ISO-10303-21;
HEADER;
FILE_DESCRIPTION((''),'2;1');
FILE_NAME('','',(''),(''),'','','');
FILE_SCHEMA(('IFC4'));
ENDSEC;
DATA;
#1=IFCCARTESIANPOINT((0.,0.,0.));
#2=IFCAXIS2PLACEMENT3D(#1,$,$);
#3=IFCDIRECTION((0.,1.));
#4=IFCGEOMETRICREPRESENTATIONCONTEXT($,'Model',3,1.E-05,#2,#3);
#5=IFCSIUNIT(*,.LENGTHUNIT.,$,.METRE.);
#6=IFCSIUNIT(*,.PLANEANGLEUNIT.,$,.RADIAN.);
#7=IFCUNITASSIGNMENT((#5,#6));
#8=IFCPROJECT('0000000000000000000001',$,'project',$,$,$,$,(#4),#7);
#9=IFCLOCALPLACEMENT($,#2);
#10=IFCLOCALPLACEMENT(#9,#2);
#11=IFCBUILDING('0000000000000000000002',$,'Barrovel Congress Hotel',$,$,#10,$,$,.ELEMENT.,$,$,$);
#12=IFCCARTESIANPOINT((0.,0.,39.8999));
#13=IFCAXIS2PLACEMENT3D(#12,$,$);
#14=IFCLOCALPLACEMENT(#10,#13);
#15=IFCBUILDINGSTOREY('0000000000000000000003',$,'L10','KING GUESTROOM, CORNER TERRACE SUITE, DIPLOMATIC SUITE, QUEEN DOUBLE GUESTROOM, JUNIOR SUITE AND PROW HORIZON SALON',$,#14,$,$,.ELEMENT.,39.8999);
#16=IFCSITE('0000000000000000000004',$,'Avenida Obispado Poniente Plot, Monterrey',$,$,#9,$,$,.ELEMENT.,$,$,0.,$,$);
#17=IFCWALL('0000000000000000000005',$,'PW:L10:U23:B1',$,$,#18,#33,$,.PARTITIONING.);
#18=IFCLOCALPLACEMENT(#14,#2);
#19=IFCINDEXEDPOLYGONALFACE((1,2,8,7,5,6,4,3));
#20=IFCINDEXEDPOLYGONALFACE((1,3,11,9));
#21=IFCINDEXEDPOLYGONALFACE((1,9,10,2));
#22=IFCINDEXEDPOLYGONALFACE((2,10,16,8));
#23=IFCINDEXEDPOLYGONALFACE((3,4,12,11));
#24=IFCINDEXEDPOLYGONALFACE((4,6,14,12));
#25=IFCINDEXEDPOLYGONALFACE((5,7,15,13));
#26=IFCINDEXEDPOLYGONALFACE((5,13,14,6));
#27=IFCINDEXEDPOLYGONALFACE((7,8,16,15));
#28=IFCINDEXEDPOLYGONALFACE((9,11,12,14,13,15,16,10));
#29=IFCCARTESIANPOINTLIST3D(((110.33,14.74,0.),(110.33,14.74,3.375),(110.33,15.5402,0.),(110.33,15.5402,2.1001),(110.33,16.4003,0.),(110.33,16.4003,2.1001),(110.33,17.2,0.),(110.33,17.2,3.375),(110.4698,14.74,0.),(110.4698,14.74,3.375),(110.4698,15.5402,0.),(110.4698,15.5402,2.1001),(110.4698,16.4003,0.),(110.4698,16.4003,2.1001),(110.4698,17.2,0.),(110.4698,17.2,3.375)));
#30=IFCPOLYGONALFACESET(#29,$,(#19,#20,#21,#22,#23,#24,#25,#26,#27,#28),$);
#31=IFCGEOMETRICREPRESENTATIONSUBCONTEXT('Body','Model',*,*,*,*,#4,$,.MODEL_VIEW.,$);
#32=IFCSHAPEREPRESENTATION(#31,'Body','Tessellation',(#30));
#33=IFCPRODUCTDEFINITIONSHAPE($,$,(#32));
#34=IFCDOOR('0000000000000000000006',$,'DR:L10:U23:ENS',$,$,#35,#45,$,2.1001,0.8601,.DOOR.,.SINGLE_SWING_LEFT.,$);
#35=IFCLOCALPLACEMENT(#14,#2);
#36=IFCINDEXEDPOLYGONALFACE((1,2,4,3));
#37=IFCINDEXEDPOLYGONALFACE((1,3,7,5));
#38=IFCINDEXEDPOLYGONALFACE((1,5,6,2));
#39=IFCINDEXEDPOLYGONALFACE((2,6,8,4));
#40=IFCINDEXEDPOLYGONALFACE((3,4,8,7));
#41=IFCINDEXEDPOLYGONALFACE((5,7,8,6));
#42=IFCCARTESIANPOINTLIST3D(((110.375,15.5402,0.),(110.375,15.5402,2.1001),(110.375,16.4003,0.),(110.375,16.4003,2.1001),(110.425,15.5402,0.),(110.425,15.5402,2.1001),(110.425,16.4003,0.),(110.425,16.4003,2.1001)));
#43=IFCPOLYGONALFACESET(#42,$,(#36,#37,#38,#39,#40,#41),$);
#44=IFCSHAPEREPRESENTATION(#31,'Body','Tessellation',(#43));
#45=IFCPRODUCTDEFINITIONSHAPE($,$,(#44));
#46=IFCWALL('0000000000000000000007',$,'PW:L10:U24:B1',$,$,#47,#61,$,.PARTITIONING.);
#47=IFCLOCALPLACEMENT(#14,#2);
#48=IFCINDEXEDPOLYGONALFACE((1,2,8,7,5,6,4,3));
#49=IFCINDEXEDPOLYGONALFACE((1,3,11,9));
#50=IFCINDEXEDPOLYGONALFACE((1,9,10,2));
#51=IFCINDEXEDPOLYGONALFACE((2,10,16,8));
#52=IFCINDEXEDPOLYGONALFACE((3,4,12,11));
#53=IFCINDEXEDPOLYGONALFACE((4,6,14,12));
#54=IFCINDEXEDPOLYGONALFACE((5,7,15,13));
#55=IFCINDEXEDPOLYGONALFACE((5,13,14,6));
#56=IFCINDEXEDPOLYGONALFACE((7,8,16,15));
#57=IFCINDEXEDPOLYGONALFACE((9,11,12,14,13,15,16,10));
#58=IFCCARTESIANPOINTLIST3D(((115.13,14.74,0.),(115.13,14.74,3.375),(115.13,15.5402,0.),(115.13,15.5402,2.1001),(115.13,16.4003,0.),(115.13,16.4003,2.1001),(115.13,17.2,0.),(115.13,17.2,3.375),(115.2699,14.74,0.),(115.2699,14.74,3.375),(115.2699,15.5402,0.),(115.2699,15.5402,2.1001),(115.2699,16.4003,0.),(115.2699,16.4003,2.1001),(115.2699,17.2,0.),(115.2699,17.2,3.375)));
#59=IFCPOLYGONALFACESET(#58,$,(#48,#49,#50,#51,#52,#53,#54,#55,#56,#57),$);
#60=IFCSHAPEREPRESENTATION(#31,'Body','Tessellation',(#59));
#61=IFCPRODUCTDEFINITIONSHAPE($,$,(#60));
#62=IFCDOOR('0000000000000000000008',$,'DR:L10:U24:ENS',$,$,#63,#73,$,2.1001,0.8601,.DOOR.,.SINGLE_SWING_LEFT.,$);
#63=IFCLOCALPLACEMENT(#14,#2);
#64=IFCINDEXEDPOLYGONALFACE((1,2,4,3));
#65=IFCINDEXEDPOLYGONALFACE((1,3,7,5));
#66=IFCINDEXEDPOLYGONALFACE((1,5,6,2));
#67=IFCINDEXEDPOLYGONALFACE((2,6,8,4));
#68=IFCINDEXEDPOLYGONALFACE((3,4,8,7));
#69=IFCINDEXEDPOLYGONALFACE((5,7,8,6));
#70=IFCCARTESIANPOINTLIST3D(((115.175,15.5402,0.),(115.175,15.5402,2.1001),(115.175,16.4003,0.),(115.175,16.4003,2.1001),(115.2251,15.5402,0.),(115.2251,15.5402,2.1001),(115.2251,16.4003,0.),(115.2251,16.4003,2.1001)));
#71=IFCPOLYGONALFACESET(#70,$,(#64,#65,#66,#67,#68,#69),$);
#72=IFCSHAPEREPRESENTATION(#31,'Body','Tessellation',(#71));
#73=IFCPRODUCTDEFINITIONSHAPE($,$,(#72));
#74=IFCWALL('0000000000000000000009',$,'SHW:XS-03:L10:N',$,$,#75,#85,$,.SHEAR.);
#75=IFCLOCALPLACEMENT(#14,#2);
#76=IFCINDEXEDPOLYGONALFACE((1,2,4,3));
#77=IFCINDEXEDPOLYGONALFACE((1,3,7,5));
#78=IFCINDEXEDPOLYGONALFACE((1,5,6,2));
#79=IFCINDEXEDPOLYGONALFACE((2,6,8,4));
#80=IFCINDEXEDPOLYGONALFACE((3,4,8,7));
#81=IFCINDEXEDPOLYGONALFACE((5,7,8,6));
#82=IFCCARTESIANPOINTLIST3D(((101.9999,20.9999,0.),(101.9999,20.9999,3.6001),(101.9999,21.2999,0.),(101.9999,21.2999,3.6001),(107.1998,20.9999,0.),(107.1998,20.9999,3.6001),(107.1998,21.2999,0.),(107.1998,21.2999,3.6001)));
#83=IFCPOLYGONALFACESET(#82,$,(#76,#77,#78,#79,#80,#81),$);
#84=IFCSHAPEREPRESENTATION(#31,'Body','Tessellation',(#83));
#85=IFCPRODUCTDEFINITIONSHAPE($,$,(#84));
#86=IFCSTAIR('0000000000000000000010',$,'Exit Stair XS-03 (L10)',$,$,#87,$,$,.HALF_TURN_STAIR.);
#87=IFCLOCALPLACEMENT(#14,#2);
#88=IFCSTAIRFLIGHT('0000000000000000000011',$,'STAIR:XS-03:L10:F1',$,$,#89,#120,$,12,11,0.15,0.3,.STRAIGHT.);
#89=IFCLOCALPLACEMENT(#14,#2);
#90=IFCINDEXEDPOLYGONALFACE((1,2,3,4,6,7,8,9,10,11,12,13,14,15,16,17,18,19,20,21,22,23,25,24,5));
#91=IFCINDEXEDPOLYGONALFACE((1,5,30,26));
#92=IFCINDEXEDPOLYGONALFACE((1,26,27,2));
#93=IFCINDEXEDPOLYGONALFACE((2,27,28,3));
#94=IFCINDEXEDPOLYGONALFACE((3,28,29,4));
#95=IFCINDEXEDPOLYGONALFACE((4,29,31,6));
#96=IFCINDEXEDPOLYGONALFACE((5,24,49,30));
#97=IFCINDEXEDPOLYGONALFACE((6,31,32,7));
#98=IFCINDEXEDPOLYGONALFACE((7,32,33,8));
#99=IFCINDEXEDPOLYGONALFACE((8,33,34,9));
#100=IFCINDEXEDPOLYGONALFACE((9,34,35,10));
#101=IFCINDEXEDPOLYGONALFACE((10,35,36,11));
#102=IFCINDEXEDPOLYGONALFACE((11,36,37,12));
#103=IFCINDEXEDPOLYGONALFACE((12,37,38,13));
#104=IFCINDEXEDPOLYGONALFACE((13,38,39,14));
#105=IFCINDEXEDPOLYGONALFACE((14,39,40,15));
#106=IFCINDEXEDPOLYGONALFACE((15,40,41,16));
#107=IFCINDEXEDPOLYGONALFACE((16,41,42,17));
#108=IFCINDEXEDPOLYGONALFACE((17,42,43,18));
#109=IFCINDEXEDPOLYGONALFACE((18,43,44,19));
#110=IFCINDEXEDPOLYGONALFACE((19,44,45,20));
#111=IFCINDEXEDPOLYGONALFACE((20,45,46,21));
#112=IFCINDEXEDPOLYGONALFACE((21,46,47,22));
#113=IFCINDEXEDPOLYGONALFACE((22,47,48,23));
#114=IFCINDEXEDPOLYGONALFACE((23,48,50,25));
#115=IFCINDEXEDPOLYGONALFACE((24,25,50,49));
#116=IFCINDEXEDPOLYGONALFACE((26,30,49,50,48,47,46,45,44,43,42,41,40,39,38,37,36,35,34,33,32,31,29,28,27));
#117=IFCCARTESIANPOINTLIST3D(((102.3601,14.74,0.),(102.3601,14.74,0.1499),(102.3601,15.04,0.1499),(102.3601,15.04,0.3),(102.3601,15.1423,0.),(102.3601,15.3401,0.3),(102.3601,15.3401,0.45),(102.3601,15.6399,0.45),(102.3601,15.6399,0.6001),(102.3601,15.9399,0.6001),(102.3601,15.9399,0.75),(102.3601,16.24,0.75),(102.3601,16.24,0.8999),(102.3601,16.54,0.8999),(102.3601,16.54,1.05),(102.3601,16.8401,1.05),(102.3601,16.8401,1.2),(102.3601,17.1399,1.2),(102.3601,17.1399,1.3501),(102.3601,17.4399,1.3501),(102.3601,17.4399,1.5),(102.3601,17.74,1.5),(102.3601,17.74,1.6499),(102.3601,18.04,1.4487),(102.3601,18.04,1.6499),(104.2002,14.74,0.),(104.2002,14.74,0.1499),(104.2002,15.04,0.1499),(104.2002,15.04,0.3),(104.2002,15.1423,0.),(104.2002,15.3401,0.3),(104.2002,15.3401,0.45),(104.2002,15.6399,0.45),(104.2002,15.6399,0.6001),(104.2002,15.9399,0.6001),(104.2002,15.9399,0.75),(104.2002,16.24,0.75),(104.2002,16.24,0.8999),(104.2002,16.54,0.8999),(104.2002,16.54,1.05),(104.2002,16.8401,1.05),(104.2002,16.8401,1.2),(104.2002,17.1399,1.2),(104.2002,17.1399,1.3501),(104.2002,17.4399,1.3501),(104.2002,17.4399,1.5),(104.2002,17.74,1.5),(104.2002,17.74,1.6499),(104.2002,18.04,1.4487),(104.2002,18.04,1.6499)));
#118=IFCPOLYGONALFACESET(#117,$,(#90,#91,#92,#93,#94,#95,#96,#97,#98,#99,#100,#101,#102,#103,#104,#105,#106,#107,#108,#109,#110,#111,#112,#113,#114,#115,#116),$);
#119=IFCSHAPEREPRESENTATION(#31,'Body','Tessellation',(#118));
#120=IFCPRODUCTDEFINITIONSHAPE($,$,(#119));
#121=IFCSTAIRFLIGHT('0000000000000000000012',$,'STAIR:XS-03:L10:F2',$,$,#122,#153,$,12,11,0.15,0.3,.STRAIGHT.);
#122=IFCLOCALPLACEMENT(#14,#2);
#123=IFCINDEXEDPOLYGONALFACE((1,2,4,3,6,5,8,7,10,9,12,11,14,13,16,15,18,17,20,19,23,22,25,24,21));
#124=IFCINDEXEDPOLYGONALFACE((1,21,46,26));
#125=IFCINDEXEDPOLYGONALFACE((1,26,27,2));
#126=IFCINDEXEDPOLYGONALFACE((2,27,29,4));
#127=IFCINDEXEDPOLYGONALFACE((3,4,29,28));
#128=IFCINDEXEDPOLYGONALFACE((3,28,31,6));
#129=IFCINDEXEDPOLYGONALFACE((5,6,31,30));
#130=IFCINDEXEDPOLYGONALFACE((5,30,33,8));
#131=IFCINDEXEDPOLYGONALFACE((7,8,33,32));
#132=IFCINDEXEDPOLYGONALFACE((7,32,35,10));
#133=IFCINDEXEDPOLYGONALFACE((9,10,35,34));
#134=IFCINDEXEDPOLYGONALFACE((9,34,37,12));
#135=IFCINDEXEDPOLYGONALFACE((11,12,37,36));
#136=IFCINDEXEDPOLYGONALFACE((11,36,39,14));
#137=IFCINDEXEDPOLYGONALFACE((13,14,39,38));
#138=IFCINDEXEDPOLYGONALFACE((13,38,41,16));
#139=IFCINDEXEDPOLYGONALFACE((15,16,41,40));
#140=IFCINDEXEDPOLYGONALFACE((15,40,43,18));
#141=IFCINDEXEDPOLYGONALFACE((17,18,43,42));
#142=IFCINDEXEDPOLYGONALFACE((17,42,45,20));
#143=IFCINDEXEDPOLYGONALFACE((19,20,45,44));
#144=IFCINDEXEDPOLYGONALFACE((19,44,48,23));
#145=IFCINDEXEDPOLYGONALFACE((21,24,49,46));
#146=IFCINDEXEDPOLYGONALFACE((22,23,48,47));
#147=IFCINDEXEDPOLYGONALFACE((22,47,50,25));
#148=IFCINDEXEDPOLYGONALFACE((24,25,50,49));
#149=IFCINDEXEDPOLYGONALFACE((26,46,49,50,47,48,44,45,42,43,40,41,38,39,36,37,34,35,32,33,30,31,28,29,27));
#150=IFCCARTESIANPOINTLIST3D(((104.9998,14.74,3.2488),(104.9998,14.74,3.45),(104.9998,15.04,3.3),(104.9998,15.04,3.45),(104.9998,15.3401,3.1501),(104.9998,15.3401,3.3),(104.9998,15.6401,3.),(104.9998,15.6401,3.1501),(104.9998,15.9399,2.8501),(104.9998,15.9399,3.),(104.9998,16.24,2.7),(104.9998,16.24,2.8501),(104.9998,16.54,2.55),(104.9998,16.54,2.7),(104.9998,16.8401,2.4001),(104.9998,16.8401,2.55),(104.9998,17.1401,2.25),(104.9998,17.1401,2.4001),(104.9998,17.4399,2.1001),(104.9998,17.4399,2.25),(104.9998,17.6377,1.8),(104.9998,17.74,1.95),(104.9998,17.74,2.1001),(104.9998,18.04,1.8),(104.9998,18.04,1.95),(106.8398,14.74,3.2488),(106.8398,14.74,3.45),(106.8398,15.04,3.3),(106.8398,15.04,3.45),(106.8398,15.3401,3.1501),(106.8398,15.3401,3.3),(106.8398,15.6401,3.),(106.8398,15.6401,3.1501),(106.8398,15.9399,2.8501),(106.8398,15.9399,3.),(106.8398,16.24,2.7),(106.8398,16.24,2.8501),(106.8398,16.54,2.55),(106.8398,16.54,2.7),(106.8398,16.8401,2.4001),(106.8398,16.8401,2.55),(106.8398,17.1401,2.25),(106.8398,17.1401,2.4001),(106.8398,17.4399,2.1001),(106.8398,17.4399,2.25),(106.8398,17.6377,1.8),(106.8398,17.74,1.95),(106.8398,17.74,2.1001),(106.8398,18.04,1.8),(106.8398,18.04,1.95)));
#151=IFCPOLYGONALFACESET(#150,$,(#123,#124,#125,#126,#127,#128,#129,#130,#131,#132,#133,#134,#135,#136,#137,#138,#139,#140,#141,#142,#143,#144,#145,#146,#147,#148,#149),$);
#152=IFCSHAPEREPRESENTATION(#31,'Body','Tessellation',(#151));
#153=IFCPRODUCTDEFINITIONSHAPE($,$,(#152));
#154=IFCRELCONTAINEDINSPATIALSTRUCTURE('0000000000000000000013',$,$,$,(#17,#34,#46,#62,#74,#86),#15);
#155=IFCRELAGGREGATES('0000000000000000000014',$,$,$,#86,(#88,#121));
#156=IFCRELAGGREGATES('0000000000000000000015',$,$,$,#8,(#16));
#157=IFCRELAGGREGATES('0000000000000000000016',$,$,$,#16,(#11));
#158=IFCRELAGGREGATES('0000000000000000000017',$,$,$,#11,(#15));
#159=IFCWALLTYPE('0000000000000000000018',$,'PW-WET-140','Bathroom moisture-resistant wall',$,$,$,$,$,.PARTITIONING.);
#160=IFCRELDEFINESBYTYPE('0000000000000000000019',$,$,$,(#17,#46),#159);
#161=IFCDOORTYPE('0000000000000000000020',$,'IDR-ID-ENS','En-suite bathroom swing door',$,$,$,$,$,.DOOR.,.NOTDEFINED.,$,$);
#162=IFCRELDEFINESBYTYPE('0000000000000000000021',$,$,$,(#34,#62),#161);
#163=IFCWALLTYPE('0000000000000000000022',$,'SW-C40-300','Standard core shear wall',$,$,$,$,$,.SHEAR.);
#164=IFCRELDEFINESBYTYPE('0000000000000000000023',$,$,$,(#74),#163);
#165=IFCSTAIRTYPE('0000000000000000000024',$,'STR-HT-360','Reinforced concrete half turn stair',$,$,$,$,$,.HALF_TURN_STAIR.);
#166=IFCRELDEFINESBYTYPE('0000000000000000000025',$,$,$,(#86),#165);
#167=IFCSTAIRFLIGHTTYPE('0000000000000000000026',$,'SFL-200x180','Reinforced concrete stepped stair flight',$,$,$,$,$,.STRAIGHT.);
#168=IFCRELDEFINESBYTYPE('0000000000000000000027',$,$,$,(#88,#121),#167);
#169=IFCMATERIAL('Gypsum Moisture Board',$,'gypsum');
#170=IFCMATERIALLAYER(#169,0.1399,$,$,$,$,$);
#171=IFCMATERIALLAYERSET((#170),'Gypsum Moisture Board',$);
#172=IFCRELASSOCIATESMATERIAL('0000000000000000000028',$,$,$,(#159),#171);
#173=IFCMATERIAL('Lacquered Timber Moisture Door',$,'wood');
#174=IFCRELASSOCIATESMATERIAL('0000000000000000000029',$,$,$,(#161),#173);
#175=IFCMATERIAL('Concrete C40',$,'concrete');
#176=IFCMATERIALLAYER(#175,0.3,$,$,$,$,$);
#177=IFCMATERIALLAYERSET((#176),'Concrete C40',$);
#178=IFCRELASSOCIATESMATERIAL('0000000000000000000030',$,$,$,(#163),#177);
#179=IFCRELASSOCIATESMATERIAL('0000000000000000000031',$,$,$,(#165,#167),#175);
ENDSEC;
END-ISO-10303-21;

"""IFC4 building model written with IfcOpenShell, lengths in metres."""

from ifc_helpers import new_model, si_unit, direction, frame, frame_2d, origin, place, context, subcontext, project, spatial, polyline, rectangle, outline, extrude, material, layer, layer_set, type_object, element, fill, aggregate, save


model = new_model("IFC4")

# Units and contexts
model_context = context("Model", 3, precision=1e-05, world=origin(), true_north=direction((0.0, 1.0)))
body_context = subcontext(model_context, "Body", "Model", "MODEL_VIEW")
ifc_project = project(units=[si_unit("LENGTHUNIT", "METRE"), si_unit("PLANEANGLEUNIT", "RADIAN")], contexts=[model_context])

# Site, building, storey
site_placement = place(None, origin())
site = spatial("IfcSite", under=ifc_project, at=site_placement, Name="Avenida Obispado Poniente Plot, Monterrey", CompositionType="ELEMENT", RefElevation=0.0)
building_placement = place(site_placement, origin())
building = spatial("IfcBuilding", under=site, at=building_placement, Name="Barrovel Congress Hotel", CompositionType="ELEMENT")
storey_placement = place(building_placement, frame((0.0, 0.0, 39.8999)))
storey = spatial("IfcBuildingStorey", under=building, at=storey_placement, Name="L10", Description="KING GUESTROOM, CORNER TERRACE SUITE, DIPLOMATIC SUITE, QUEEN DOUBLE GUESTROOM, JUNIOR SUITE AND PROW HORIZON SALON", CompositionType="ELEMENT", Elevation=39.8999)

# Shared definitions
ifc_material_1 = material(Name="Concrete C40", Category="concrete")

# Walls, openings, doors
ifc_material_2 = material(Name="Gypsum Moisture Board", Category="gypsum")
ifc_layer_1 = layer(ifc_material_2, 0.1399)
ifc_layer_set_1 = layer_set([ifc_layer_1], Name="Gypsum Moisture Board")
wall_type_1 = type_object("IfcWallType", Name="PW-WET-140", Description="Bathroom moisture-resistant wall", PredefinedType="PARTITIONING", material=ifc_layer_set_1)
wall_1_placement = place(storey_placement, frame((110.3999, 14.74, 0.0), z_axis=(0.0, 0.0, 1.0), x_axis=(0.0, 1.0, 0.0)))
wall_1 = element("IfcWall", 1, at=wall_1_placement, inside=storey, type_object=wall_type_1, Name="PW:L10:U23:B1", PredefinedType="PARTITIONING", context=body_context, shape_type="SweptSolid", body=[
    extrude(rectangle(XDim=2.46, YDim=0.1399, at=frame_2d((1.23, 0.0))), origin(), (0.0, 0.0, 1.0), 3.375),
])
opening_1_placement = place(wall_1_placement, frame((0.8, 0.0, 0.0)))
opening_1 = element("IfcOpeningElement", 2, at=opening_1_placement, cuts=wall_1, PredefinedType="OPENING", context=body_context, shape_type="SweptSolid", body=[
    extrude(rectangle(XDim=0.8601, YDim=2.1001, at=frame_2d((0.4302, 1.05))), frame((0.0, 0.0801, 0.0), z_axis=(0.0, -1.0, 0.0), x_axis=(1.0, 0.0, 0.0)), (0.0, 0.0, 1.0), 0.1599),
])
ifc_material_3 = material(Name="Lacquered Timber Moisture Door", Category="wood")
door_type_1 = type_object("IfcDoorType", Name="IDR-ID-ENS", Description="En-suite bathroom swing door", OperationType="NOTDEFINED", PredefinedType="DOOR", material=ifc_material_3)
door_1_placement = place(opening_1_placement, origin())
door_1 = element("IfcDoor", 3, at=door_1_placement, inside=storey, type_object=door_type_1, Name="DR:L10:U23:ENS", OperationType="SINGLE_SWING_LEFT", OverallHeight=2.1001, OverallWidth=0.8601, PredefinedType="DOOR", context=body_context, shape_type="SweptSolid", body=[
    extrude(rectangle(XDim=0.8601, YDim=2.1001, at=frame_2d((0.4302, 1.05))), frame((0.0, 0.0249, 0.0), z_axis=(0.0, -1.0, 0.0), x_axis=(1.0, 0.0, 0.0)), (0.0, 0.0, 1.0), 0.05),
])
fill(opening_1, door_1)
wall_2_placement = place(storey_placement, frame((115.2, 14.74, 0.0), z_axis=(0.0, 0.0, 1.0), x_axis=(0.0, 1.0, 0.0)))
wall_2 = element("IfcWall", 4, at=wall_2_placement, inside=storey, type_object=wall_type_1, Name="PW:L10:U24:B1", PredefinedType="PARTITIONING", context=body_context, shape_type="SweptSolid", body=[
    extrude(rectangle(XDim=2.46, YDim=0.1399, at=frame_2d((1.23, 0.0))), origin(), (0.0, 0.0, 1.0), 3.375),
])
opening_2_placement = place(wall_2_placement, frame((0.8, 0.0, 0.0)))
opening_2 = element("IfcOpeningElement", 5, at=opening_2_placement, cuts=wall_2, PredefinedType="OPENING", context=body_context, shape_type="SweptSolid", body=[
    extrude(rectangle(XDim=0.8601, YDim=2.1001, at=frame_2d((0.4302, 1.05))), frame((0.0, 0.0801, 0.0), z_axis=(0.0, -1.0, 0.0), x_axis=(1.0, 0.0, 0.0)), (0.0, 0.0, 1.0), 0.1599),
])
door_2_placement = place(opening_2_placement, origin())
door_2 = element("IfcDoor", 6, at=door_2_placement, inside=storey, type_object=door_type_1, Name="DR:L10:U24:ENS", OperationType="SINGLE_SWING_LEFT", OverallHeight=2.1001, OverallWidth=0.8601, PredefinedType="DOOR", context=body_context, shape_type="SweptSolid", body=[
    extrude(rectangle(XDim=0.8601, YDim=2.1001, at=frame_2d((0.4302, 1.05))), frame((0.0, 0.0249, 0.0), z_axis=(0.0, -1.0, 0.0), x_axis=(1.0, 0.0, 0.0)), (0.0, 0.0, 1.0), 0.05),
])
fill(opening_2, door_2)

# Wall
ifc_layer_2 = layer(ifc_material_1, 0.3)
ifc_layer_set_2 = layer_set([ifc_layer_2], Name="Concrete C40")
wall_type_2 = type_object("IfcWallType", Name="SW-C40-300", Description="Standard core shear wall", PredefinedType="SHEAR", material=ifc_layer_set_2)
wall_3_placement = place(storey_placement, frame((107.2, 21.1499, 0.0), z_axis=(0.0, 0.0, 1.0), x_axis=(-1.0, 0.0, 0.0)))
element("IfcWall", 7, at=wall_3_placement, inside=storey, type_object=wall_type_2, Name="SHW:XS-03:L10:N", PredefinedType="SHEAR", context=body_context, shape_type="SweptSolid", body=[
    extrude(rectangle(XDim=5.2, YDim=0.3, at=frame_2d((2.6001, 0.0))), origin(), (0.0, 0.0, 1.0), 3.6001),
])

# Stair, stair flights
stair_type = type_object("IfcStairType", Name="STR-HT-360", Description="Reinforced concrete half turn stair", PredefinedType="HALF_TURN_STAIR", material=ifc_material_1)
stair_placement = place(storey_placement, origin())
stair = element("IfcStair", 8, at=stair_placement, inside=storey, type_object=stair_type, Name="Exit Stair XS-03 (L10)", PredefinedType="HALF_TURN_STAIR")
stair_flight_type = type_object("IfcStairFlightType", Name="SFL-200x180", Description="Reinforced concrete stepped stair flight", PredefinedType="STRAIGHT", material=ifc_material_1)
stair_flight_1_placement = place(storey_placement, frame((103.28, 14.74, 0.0), z_axis=(0.0, 0.0, 1.0), x_axis=(0.0, 1.0, 0.0)))
stair_flight_1 = element("IfcStairFlight", 9, at=stair_flight_1_placement, type_object=stair_flight_type, Name="STAIR:XS-03:L10:F1", NumberOfRisers=12, NumberOfTreads=11, PredefinedType="STRAIGHT", RiserHeight=0.15, TreadLength=0.3, context=body_context, shape_type="SweptSolid", body=[
    extrude(outline(polyline([(0.0, 0.0), (0.0, 0.1499), (0.3, 0.1499), (0.3, 0.3), (0.6001, 0.3), (0.6001, 0.45), (0.8999, 0.45), (0.8999, 0.6001), (1.2, 0.6001), (1.2, 0.75), (1.5, 0.75), (1.5, 0.8999), (1.8, 0.8999), (1.8, 1.05), (2.1001, 1.05), (2.1001, 1.2), (2.3999, 1.2), (2.3999, 1.3501), (2.7, 1.3501), (2.7, 1.5), (3.0, 1.5), (3.0, 1.6499), (3.3, 1.6499), (3.3, 1.8), (3.3, 1.4487), (0.4023, 0.0), (0.0, 0.0)])), frame((0.0, 0.9199, 0.0), z_axis=(0.0, -1.0, 0.0), x_axis=(1.0, 0.0, 0.0)), (0.0, 0.0, 1.0), 1.8401),
])
stair_flight_2_placement = place(storey_placement, frame((105.9199, 18.04, 1.8), z_axis=(0.0, 0.0, 1.0), x_axis=(0.0, -1.0, 0.0)))
stair_flight_2 = element("IfcStairFlight", 10, at=stair_flight_2_placement, type_object=stair_flight_type, Name="STAIR:XS-03:L10:F2", NumberOfRisers=12, NumberOfTreads=11, PredefinedType="STRAIGHT", RiserHeight=0.15, TreadLength=0.3, context=body_context, shape_type="SweptSolid", body=[
    extrude(outline(polyline([(0.0, 0.0), (0.0, 0.1499), (0.3, 0.1499), (0.3, 0.3), (0.6001, 0.3), (0.6001, 0.45), (0.8999, 0.45), (0.8999, 0.6001), (1.2, 0.6001), (1.2, 0.75), (1.5, 0.75), (1.5, 0.8999), (1.8, 0.8999), (1.8, 1.05), (2.1001, 1.05), (2.1001, 1.2), (2.3999, 1.2), (2.3999, 1.3501), (2.7, 1.3501), (2.7, 1.5), (3.0, 1.5), (3.0, 1.6499), (3.3, 1.6499), (3.3, 1.8), (3.3, 1.4487), (0.4023, 0.0), (0.0, 0.0)])), frame((0.0, 0.9199, 0.0), z_axis=(0.0, -1.0, 0.0), x_axis=(1.0, 0.0, 0.0)), (0.0, 0.0, 1.0), 1.8401),
])
aggregate(stair, [stair_flight_1, stair_flight_2])

save(model, "model.ifc")
